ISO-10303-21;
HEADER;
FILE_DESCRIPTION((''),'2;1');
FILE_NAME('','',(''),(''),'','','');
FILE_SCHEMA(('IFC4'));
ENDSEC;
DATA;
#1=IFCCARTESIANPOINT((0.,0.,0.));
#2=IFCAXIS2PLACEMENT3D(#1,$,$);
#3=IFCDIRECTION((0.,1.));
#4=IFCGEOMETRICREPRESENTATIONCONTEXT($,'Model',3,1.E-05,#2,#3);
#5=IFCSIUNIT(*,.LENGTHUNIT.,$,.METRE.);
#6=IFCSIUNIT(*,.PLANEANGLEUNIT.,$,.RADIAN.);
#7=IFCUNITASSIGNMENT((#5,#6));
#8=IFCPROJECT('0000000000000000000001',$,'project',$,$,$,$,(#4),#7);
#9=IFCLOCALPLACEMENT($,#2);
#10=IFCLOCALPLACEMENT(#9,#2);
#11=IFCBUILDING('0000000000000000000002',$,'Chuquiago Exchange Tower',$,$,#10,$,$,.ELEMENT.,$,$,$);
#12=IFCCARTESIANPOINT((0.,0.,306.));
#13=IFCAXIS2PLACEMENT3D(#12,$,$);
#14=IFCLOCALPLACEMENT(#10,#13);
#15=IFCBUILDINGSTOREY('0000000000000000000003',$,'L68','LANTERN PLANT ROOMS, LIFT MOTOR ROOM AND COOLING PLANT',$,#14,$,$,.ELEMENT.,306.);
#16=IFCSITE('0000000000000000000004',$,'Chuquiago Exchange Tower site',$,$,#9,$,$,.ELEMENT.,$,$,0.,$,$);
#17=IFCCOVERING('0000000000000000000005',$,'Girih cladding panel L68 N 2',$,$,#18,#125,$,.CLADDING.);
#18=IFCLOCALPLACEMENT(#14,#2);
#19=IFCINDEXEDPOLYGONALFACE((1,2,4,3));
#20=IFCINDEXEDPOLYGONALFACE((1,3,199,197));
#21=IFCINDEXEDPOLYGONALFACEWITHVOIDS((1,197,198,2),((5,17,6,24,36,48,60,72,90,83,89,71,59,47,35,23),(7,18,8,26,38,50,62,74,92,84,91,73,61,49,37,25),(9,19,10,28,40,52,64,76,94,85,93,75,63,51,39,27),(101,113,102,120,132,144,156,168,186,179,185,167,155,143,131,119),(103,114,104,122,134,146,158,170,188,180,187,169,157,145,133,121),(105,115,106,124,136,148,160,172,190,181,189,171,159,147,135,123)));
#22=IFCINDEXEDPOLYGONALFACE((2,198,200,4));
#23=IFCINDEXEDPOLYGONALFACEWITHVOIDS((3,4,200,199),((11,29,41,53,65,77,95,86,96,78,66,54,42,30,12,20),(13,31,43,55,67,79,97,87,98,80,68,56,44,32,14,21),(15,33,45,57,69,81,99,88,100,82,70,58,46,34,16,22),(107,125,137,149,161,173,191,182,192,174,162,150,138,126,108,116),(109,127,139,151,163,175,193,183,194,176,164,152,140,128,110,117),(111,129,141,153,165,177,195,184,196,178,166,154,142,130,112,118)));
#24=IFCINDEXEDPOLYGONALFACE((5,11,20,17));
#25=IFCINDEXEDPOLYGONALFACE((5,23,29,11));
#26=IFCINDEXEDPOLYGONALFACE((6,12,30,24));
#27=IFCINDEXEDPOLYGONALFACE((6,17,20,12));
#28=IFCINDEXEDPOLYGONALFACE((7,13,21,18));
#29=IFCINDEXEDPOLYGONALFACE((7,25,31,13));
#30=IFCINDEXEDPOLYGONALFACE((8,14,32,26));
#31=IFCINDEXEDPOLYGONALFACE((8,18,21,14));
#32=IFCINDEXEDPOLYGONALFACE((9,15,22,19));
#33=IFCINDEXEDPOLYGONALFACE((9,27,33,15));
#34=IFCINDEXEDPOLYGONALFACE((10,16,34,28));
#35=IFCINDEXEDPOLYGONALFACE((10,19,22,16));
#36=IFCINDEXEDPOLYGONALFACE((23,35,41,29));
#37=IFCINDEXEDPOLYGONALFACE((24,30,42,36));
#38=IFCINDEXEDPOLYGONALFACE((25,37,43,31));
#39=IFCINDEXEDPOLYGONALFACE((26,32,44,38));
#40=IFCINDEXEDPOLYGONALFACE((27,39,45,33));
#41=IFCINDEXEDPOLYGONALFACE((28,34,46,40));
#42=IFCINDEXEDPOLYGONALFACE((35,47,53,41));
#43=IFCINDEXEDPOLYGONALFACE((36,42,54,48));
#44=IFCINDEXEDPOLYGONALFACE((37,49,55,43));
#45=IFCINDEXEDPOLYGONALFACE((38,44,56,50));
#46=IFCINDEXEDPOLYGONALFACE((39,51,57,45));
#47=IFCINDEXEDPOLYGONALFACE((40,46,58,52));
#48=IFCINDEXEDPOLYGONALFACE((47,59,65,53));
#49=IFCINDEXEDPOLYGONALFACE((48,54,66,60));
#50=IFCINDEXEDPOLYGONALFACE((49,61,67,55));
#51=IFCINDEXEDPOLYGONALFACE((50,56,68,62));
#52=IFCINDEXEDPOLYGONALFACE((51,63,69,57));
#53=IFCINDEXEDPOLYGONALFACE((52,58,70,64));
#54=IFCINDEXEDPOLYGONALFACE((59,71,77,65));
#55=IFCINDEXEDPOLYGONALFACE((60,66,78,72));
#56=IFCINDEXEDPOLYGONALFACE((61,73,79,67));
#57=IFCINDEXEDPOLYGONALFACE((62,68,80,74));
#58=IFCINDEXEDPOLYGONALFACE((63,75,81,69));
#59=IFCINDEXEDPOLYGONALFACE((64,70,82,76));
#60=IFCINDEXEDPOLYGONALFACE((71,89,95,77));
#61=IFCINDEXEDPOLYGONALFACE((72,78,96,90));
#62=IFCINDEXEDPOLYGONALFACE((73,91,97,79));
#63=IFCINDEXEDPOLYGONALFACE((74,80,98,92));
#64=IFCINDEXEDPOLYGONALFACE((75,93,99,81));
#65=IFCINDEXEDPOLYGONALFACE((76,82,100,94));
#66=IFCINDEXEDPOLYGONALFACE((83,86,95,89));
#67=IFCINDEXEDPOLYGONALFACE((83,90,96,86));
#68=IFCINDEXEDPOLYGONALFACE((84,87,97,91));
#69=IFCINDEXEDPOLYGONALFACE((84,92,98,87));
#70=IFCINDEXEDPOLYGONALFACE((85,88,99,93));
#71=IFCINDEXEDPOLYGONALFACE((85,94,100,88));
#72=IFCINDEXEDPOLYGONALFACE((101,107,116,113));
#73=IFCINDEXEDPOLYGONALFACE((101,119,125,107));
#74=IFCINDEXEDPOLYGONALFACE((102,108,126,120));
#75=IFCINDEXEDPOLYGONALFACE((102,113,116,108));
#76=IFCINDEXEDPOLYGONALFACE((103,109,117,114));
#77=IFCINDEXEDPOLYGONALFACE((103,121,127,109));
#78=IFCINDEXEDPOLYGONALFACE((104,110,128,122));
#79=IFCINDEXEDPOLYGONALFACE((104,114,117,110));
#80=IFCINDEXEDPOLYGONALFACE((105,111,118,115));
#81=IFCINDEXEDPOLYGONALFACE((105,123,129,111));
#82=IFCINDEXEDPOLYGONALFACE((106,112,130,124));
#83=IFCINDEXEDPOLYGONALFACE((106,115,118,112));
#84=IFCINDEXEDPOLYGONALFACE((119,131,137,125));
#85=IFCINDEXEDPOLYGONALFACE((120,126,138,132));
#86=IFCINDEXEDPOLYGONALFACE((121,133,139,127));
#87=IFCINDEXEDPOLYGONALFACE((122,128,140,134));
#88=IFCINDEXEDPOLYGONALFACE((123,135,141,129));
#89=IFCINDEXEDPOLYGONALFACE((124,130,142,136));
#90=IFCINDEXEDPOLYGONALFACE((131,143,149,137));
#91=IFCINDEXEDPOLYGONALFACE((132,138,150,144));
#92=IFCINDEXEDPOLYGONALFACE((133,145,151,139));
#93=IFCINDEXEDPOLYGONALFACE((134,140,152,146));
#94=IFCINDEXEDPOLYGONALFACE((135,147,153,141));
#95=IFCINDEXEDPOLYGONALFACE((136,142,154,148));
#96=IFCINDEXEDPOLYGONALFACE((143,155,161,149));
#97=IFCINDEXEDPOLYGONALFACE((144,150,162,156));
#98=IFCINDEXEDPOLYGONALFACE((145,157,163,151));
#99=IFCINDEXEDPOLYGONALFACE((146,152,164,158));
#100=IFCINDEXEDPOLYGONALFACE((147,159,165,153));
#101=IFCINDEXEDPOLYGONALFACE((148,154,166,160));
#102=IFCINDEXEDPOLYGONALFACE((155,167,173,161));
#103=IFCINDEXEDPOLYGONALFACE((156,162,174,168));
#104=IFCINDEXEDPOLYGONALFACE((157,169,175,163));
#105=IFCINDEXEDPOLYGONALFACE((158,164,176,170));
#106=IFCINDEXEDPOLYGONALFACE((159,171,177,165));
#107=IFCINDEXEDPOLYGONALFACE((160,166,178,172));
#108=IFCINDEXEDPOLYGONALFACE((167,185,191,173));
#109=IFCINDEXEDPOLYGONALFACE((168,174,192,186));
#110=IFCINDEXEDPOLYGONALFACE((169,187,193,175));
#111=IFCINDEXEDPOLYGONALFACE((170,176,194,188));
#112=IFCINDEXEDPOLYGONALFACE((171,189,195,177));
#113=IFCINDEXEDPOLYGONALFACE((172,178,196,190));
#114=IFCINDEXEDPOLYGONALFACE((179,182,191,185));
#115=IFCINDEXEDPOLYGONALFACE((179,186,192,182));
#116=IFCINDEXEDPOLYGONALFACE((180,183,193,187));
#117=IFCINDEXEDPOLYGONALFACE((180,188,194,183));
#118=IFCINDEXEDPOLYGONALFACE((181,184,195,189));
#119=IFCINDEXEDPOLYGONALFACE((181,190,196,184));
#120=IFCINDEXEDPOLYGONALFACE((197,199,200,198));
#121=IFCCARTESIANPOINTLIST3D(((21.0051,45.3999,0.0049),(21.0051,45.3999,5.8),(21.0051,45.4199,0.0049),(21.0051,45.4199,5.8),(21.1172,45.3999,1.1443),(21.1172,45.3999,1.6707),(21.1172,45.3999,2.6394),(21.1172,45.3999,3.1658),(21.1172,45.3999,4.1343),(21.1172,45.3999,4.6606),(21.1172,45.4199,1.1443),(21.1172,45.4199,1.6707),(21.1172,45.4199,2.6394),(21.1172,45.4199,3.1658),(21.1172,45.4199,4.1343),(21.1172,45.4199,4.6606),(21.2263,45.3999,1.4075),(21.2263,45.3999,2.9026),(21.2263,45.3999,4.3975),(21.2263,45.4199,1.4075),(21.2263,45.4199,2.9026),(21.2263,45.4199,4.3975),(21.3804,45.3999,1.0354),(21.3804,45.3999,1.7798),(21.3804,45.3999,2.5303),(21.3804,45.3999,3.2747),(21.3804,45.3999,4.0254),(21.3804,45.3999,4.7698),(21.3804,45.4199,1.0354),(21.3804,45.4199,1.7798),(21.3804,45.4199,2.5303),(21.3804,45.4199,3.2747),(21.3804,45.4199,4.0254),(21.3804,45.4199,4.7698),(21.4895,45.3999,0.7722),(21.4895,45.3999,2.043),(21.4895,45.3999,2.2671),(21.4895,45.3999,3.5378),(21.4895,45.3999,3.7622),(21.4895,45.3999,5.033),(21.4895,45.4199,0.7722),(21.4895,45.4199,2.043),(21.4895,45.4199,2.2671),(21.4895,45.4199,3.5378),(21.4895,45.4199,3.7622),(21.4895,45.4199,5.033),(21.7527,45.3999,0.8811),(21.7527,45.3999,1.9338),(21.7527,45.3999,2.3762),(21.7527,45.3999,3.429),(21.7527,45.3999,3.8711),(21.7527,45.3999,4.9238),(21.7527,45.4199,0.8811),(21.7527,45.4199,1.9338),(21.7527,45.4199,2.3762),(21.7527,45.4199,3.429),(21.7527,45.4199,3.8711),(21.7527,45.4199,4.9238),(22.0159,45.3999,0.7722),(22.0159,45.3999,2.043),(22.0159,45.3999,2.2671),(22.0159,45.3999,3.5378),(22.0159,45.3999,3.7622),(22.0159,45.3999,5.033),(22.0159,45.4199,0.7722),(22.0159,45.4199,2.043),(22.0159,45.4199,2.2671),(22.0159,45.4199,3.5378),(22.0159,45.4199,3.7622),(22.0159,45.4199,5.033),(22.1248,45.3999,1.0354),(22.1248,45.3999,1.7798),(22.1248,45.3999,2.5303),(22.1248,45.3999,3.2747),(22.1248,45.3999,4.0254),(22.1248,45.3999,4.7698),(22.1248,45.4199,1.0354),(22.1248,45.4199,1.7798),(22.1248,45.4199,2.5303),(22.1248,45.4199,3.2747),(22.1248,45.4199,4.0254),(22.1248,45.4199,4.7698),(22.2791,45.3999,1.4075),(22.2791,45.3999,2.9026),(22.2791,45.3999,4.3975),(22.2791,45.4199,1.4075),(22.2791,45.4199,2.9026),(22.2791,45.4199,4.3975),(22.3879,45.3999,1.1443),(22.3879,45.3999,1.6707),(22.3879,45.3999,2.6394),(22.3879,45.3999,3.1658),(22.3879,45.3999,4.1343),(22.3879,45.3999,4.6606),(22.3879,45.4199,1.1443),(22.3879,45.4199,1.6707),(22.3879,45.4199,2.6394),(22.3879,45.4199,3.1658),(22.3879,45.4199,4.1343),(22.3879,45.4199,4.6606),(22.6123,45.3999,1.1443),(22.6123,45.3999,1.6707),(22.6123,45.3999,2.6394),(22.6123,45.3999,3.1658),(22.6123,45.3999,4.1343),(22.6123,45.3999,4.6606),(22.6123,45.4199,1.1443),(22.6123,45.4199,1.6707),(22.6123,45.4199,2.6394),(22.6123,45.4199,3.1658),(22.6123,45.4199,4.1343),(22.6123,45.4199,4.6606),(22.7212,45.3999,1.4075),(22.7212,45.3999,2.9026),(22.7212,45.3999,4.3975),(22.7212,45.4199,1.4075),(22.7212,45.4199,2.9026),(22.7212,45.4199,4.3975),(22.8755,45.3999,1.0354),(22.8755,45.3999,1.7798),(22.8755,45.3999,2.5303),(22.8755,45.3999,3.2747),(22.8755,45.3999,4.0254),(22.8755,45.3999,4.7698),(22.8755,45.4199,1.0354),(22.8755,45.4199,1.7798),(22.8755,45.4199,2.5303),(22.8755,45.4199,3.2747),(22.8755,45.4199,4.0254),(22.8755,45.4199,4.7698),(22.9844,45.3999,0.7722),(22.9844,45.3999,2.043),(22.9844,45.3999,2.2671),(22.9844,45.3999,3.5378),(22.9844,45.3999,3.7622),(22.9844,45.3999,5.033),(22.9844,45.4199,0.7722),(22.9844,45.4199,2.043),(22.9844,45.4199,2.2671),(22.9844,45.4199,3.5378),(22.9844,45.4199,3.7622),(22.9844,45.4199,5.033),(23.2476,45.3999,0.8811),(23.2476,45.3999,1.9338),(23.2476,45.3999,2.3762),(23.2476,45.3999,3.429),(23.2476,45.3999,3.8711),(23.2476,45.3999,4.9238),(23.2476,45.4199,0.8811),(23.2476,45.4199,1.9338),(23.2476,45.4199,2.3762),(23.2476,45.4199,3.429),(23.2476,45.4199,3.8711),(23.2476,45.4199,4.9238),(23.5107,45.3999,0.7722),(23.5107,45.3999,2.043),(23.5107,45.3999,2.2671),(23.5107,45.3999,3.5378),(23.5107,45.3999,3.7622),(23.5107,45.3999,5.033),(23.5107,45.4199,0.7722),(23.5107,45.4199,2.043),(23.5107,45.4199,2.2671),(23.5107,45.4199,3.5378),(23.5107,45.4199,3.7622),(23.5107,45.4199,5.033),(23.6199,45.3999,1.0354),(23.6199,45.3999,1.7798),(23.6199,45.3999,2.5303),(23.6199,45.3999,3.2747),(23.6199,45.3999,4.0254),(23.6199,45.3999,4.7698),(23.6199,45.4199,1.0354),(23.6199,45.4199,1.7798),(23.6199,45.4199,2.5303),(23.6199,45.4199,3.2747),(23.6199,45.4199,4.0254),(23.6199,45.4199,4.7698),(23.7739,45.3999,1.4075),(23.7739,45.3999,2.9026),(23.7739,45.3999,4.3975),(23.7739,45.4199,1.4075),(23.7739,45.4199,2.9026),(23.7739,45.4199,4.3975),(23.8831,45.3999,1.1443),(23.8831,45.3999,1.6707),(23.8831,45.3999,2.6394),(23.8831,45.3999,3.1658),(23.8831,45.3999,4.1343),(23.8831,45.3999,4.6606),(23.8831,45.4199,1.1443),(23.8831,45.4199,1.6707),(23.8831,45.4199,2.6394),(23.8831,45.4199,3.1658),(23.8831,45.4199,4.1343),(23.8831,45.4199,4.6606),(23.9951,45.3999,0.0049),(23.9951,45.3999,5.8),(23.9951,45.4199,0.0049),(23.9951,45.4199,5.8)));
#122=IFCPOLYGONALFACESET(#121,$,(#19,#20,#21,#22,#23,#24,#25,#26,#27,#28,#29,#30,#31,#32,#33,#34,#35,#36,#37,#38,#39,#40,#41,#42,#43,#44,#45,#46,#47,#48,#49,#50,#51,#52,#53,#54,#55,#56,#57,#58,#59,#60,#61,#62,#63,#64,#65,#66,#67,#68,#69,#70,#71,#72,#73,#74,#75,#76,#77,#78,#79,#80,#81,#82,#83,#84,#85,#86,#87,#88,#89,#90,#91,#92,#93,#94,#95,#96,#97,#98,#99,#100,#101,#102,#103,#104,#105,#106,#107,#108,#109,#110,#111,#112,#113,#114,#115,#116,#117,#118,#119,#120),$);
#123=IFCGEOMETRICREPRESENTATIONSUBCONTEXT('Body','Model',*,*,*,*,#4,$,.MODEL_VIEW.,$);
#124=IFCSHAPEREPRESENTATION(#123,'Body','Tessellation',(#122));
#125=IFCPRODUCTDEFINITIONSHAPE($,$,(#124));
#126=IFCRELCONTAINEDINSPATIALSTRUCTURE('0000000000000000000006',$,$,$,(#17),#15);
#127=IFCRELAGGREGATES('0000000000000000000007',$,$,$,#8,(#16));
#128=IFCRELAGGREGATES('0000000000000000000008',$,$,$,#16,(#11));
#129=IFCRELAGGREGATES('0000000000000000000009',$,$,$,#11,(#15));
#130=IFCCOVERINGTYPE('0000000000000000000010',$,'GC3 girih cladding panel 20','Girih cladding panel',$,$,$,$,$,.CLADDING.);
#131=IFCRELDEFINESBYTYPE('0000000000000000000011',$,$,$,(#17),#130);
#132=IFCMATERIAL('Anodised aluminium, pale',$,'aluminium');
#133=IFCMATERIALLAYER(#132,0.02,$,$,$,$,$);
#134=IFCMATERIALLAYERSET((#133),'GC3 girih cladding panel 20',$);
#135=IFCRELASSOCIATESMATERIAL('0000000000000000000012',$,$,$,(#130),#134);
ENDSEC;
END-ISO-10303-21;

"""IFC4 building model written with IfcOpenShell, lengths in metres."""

from ifc_helpers import new_model, si_unit, direction, frame, origin, place, context, subcontext, project, spatial, polyline, outline, extrude, material, layer, layer_set, type_object, element, save


model = new_model("IFC4")

# Units and contexts
model_context = context("Model", 3, precision=1e-05, world=origin(), true_north=direction((0.0, 1.0)))
body_context = subcontext(model_context, "Body", "Model", "MODEL_VIEW")
ifc_project = project(units=[si_unit("LENGTHUNIT", "METRE"), si_unit("PLANEANGLEUNIT", "RADIAN")], contexts=[model_context])

# Site, building, storey
site_placement = place(None, origin())
site = spatial("IfcSite", under=ifc_project, at=site_placement, Name="Chuquiago Exchange Tower site", CompositionType="ELEMENT", RefElevation=0.0)
building_placement = place(site_placement, origin())
building = spatial("IfcBuilding", under=site, at=building_placement, Name="Chuquiago Exchange Tower", CompositionType="ELEMENT")
storey_placement = place(building_placement, frame((0.0, 0.0, 306.0)))
storey = spatial("IfcBuildingStorey", under=building, at=storey_placement, Name="L68", Description="LANTERN PLANT ROOMS, LIFT MOTOR ROOM AND COOLING PLANT", CompositionType="ELEMENT", Elevation=306.0)

# Covering
ifc_material_1 = material(Name="Anodised aluminium, pale", Category="aluminium")
ifc_layer_1 = layer(ifc_material_1, 0.02)
ifc_layer_set_1 = layer_set([ifc_layer_1], Name="GC3 girih cladding panel 20")
covering_type = type_object("IfcCoveringType", Name="GC3 girih cladding panel 20", Description="Girih cladding panel", PredefinedType="CLADDING", material=ifc_layer_set_1)
covering_1_placement = place(storey_placement, frame((23.9951, 45.3999, 0.0049), z_axis=(0.0, 0.0, 1.0), x_axis=(-1.0, 0.0, 0.0)))
element("IfcCovering", 1, at=covering_1_placement, inside=storey, type_object=covering_type, Name="Girih cladding panel L68 N 2", PredefinedType="CLADDING", context=body_context, shape_type="SweptSolid", body=[
    extrude(outline(polyline([(0.0, 0.0), (2.99, 0.0), (2.99, 5.7952), (0.0, 5.7952), (0.0, 0.0)]), holes=[polyline([(1.2739, 1.4026), (1.3828, 1.6658), (1.1196, 1.7749), (1.0107, 2.0381), (0.7476, 1.929), (0.4844, 2.0381), (0.3752, 1.7749), (0.1121, 1.6658), (0.2212, 1.4026), (0.1121, 1.1394), (0.3752, 1.0305), (0.4844, 0.7673), (0.7476, 0.8762), (1.0107, 0.7673), (1.1196, 1.0305), (1.3828, 1.1394), (1.2739, 1.4026)]), polyline([(2.7688, 1.4026), (2.8779, 1.6658), (2.6147, 1.7749), (2.5056, 2.0381), (2.2424, 1.929), (1.9792, 2.0381), (1.8704, 1.7749), (1.6072, 1.6658), (1.7161, 1.4026), (1.6072, 1.1394), (1.8704, 1.0305), (1.9792, 0.7673), (2.2424, 0.8762), (2.5056, 0.7673), (2.6147, 1.0305), (2.8779, 1.1394), (2.7688, 1.4026)]), polyline([(1.2739, 2.8977), (1.3828, 3.1609), (1.1196, 3.2698), (1.0107, 3.533), (0.7476, 3.4241), (0.4844, 3.533), (0.3752, 3.2698), (0.1121, 3.1609), (0.2212, 2.8977), (0.1121, 2.6345), (0.3752, 2.5254), (0.4844, 2.2622), (0.7476, 2.3713), (1.0107, 2.2622), (1.1196, 2.5254), (1.3828, 2.6345), (1.2739, 2.8977)]), polyline([(2.7688, 2.8977), (2.8779, 3.1609), (2.6147, 3.2698), (2.5056, 3.533), (2.2424, 3.4241), (1.9792, 3.533), (1.8704, 3.2698), (1.6072, 3.1609), (1.7161, 2.8977), (1.6072, 2.6345), (1.8704, 2.5254), (1.9792, 2.2622), (2.2424, 2.3713), (2.5056, 2.2622), (2.6147, 2.5254), (2.8779, 2.6345), (2.7688, 2.8977)]), polyline([(1.2739, 4.3926), (1.3828, 4.6558), (1.1196, 4.7649), (1.0107, 5.0281), (0.7476, 4.9189), (0.4844, 5.0281), (0.3752, 4.7649), (0.1121, 4.6558), (0.2212, 4.3926), (0.1121, 4.1294), (0.3752, 4.0205), (0.4844, 3.7573), (0.7476, 3.8662), (1.0107, 3.7573), (1.1196, 4.0205), (1.3828, 4.1294), (1.2739, 4.3926)]), polyline([(2.7688, 4.3926), (2.8779, 4.6558), (2.6147, 4.7649), (2.5056, 5.0281), (2.2424, 4.9189), (1.9792, 5.0281), (1.8704, 4.7649), (1.6072, 4.6558), (1.7161, 4.3926), (1.6072, 4.1294), (1.8704, 4.0205), (1.9792, 3.7573), (2.2424, 3.8662), (2.5056, 3.7573), (2.6147, 4.0205), (2.8779, 4.1294), (2.7688, 4.3926)])]), frame((0.0, 0.0, 0.0), z_axis=(0.0, -1.0, 0.0), x_axis=(1.0, 0.0, 0.0)), (0.0, 0.0, 1.0), 0.02),
])

save(model, "model.ifc")
